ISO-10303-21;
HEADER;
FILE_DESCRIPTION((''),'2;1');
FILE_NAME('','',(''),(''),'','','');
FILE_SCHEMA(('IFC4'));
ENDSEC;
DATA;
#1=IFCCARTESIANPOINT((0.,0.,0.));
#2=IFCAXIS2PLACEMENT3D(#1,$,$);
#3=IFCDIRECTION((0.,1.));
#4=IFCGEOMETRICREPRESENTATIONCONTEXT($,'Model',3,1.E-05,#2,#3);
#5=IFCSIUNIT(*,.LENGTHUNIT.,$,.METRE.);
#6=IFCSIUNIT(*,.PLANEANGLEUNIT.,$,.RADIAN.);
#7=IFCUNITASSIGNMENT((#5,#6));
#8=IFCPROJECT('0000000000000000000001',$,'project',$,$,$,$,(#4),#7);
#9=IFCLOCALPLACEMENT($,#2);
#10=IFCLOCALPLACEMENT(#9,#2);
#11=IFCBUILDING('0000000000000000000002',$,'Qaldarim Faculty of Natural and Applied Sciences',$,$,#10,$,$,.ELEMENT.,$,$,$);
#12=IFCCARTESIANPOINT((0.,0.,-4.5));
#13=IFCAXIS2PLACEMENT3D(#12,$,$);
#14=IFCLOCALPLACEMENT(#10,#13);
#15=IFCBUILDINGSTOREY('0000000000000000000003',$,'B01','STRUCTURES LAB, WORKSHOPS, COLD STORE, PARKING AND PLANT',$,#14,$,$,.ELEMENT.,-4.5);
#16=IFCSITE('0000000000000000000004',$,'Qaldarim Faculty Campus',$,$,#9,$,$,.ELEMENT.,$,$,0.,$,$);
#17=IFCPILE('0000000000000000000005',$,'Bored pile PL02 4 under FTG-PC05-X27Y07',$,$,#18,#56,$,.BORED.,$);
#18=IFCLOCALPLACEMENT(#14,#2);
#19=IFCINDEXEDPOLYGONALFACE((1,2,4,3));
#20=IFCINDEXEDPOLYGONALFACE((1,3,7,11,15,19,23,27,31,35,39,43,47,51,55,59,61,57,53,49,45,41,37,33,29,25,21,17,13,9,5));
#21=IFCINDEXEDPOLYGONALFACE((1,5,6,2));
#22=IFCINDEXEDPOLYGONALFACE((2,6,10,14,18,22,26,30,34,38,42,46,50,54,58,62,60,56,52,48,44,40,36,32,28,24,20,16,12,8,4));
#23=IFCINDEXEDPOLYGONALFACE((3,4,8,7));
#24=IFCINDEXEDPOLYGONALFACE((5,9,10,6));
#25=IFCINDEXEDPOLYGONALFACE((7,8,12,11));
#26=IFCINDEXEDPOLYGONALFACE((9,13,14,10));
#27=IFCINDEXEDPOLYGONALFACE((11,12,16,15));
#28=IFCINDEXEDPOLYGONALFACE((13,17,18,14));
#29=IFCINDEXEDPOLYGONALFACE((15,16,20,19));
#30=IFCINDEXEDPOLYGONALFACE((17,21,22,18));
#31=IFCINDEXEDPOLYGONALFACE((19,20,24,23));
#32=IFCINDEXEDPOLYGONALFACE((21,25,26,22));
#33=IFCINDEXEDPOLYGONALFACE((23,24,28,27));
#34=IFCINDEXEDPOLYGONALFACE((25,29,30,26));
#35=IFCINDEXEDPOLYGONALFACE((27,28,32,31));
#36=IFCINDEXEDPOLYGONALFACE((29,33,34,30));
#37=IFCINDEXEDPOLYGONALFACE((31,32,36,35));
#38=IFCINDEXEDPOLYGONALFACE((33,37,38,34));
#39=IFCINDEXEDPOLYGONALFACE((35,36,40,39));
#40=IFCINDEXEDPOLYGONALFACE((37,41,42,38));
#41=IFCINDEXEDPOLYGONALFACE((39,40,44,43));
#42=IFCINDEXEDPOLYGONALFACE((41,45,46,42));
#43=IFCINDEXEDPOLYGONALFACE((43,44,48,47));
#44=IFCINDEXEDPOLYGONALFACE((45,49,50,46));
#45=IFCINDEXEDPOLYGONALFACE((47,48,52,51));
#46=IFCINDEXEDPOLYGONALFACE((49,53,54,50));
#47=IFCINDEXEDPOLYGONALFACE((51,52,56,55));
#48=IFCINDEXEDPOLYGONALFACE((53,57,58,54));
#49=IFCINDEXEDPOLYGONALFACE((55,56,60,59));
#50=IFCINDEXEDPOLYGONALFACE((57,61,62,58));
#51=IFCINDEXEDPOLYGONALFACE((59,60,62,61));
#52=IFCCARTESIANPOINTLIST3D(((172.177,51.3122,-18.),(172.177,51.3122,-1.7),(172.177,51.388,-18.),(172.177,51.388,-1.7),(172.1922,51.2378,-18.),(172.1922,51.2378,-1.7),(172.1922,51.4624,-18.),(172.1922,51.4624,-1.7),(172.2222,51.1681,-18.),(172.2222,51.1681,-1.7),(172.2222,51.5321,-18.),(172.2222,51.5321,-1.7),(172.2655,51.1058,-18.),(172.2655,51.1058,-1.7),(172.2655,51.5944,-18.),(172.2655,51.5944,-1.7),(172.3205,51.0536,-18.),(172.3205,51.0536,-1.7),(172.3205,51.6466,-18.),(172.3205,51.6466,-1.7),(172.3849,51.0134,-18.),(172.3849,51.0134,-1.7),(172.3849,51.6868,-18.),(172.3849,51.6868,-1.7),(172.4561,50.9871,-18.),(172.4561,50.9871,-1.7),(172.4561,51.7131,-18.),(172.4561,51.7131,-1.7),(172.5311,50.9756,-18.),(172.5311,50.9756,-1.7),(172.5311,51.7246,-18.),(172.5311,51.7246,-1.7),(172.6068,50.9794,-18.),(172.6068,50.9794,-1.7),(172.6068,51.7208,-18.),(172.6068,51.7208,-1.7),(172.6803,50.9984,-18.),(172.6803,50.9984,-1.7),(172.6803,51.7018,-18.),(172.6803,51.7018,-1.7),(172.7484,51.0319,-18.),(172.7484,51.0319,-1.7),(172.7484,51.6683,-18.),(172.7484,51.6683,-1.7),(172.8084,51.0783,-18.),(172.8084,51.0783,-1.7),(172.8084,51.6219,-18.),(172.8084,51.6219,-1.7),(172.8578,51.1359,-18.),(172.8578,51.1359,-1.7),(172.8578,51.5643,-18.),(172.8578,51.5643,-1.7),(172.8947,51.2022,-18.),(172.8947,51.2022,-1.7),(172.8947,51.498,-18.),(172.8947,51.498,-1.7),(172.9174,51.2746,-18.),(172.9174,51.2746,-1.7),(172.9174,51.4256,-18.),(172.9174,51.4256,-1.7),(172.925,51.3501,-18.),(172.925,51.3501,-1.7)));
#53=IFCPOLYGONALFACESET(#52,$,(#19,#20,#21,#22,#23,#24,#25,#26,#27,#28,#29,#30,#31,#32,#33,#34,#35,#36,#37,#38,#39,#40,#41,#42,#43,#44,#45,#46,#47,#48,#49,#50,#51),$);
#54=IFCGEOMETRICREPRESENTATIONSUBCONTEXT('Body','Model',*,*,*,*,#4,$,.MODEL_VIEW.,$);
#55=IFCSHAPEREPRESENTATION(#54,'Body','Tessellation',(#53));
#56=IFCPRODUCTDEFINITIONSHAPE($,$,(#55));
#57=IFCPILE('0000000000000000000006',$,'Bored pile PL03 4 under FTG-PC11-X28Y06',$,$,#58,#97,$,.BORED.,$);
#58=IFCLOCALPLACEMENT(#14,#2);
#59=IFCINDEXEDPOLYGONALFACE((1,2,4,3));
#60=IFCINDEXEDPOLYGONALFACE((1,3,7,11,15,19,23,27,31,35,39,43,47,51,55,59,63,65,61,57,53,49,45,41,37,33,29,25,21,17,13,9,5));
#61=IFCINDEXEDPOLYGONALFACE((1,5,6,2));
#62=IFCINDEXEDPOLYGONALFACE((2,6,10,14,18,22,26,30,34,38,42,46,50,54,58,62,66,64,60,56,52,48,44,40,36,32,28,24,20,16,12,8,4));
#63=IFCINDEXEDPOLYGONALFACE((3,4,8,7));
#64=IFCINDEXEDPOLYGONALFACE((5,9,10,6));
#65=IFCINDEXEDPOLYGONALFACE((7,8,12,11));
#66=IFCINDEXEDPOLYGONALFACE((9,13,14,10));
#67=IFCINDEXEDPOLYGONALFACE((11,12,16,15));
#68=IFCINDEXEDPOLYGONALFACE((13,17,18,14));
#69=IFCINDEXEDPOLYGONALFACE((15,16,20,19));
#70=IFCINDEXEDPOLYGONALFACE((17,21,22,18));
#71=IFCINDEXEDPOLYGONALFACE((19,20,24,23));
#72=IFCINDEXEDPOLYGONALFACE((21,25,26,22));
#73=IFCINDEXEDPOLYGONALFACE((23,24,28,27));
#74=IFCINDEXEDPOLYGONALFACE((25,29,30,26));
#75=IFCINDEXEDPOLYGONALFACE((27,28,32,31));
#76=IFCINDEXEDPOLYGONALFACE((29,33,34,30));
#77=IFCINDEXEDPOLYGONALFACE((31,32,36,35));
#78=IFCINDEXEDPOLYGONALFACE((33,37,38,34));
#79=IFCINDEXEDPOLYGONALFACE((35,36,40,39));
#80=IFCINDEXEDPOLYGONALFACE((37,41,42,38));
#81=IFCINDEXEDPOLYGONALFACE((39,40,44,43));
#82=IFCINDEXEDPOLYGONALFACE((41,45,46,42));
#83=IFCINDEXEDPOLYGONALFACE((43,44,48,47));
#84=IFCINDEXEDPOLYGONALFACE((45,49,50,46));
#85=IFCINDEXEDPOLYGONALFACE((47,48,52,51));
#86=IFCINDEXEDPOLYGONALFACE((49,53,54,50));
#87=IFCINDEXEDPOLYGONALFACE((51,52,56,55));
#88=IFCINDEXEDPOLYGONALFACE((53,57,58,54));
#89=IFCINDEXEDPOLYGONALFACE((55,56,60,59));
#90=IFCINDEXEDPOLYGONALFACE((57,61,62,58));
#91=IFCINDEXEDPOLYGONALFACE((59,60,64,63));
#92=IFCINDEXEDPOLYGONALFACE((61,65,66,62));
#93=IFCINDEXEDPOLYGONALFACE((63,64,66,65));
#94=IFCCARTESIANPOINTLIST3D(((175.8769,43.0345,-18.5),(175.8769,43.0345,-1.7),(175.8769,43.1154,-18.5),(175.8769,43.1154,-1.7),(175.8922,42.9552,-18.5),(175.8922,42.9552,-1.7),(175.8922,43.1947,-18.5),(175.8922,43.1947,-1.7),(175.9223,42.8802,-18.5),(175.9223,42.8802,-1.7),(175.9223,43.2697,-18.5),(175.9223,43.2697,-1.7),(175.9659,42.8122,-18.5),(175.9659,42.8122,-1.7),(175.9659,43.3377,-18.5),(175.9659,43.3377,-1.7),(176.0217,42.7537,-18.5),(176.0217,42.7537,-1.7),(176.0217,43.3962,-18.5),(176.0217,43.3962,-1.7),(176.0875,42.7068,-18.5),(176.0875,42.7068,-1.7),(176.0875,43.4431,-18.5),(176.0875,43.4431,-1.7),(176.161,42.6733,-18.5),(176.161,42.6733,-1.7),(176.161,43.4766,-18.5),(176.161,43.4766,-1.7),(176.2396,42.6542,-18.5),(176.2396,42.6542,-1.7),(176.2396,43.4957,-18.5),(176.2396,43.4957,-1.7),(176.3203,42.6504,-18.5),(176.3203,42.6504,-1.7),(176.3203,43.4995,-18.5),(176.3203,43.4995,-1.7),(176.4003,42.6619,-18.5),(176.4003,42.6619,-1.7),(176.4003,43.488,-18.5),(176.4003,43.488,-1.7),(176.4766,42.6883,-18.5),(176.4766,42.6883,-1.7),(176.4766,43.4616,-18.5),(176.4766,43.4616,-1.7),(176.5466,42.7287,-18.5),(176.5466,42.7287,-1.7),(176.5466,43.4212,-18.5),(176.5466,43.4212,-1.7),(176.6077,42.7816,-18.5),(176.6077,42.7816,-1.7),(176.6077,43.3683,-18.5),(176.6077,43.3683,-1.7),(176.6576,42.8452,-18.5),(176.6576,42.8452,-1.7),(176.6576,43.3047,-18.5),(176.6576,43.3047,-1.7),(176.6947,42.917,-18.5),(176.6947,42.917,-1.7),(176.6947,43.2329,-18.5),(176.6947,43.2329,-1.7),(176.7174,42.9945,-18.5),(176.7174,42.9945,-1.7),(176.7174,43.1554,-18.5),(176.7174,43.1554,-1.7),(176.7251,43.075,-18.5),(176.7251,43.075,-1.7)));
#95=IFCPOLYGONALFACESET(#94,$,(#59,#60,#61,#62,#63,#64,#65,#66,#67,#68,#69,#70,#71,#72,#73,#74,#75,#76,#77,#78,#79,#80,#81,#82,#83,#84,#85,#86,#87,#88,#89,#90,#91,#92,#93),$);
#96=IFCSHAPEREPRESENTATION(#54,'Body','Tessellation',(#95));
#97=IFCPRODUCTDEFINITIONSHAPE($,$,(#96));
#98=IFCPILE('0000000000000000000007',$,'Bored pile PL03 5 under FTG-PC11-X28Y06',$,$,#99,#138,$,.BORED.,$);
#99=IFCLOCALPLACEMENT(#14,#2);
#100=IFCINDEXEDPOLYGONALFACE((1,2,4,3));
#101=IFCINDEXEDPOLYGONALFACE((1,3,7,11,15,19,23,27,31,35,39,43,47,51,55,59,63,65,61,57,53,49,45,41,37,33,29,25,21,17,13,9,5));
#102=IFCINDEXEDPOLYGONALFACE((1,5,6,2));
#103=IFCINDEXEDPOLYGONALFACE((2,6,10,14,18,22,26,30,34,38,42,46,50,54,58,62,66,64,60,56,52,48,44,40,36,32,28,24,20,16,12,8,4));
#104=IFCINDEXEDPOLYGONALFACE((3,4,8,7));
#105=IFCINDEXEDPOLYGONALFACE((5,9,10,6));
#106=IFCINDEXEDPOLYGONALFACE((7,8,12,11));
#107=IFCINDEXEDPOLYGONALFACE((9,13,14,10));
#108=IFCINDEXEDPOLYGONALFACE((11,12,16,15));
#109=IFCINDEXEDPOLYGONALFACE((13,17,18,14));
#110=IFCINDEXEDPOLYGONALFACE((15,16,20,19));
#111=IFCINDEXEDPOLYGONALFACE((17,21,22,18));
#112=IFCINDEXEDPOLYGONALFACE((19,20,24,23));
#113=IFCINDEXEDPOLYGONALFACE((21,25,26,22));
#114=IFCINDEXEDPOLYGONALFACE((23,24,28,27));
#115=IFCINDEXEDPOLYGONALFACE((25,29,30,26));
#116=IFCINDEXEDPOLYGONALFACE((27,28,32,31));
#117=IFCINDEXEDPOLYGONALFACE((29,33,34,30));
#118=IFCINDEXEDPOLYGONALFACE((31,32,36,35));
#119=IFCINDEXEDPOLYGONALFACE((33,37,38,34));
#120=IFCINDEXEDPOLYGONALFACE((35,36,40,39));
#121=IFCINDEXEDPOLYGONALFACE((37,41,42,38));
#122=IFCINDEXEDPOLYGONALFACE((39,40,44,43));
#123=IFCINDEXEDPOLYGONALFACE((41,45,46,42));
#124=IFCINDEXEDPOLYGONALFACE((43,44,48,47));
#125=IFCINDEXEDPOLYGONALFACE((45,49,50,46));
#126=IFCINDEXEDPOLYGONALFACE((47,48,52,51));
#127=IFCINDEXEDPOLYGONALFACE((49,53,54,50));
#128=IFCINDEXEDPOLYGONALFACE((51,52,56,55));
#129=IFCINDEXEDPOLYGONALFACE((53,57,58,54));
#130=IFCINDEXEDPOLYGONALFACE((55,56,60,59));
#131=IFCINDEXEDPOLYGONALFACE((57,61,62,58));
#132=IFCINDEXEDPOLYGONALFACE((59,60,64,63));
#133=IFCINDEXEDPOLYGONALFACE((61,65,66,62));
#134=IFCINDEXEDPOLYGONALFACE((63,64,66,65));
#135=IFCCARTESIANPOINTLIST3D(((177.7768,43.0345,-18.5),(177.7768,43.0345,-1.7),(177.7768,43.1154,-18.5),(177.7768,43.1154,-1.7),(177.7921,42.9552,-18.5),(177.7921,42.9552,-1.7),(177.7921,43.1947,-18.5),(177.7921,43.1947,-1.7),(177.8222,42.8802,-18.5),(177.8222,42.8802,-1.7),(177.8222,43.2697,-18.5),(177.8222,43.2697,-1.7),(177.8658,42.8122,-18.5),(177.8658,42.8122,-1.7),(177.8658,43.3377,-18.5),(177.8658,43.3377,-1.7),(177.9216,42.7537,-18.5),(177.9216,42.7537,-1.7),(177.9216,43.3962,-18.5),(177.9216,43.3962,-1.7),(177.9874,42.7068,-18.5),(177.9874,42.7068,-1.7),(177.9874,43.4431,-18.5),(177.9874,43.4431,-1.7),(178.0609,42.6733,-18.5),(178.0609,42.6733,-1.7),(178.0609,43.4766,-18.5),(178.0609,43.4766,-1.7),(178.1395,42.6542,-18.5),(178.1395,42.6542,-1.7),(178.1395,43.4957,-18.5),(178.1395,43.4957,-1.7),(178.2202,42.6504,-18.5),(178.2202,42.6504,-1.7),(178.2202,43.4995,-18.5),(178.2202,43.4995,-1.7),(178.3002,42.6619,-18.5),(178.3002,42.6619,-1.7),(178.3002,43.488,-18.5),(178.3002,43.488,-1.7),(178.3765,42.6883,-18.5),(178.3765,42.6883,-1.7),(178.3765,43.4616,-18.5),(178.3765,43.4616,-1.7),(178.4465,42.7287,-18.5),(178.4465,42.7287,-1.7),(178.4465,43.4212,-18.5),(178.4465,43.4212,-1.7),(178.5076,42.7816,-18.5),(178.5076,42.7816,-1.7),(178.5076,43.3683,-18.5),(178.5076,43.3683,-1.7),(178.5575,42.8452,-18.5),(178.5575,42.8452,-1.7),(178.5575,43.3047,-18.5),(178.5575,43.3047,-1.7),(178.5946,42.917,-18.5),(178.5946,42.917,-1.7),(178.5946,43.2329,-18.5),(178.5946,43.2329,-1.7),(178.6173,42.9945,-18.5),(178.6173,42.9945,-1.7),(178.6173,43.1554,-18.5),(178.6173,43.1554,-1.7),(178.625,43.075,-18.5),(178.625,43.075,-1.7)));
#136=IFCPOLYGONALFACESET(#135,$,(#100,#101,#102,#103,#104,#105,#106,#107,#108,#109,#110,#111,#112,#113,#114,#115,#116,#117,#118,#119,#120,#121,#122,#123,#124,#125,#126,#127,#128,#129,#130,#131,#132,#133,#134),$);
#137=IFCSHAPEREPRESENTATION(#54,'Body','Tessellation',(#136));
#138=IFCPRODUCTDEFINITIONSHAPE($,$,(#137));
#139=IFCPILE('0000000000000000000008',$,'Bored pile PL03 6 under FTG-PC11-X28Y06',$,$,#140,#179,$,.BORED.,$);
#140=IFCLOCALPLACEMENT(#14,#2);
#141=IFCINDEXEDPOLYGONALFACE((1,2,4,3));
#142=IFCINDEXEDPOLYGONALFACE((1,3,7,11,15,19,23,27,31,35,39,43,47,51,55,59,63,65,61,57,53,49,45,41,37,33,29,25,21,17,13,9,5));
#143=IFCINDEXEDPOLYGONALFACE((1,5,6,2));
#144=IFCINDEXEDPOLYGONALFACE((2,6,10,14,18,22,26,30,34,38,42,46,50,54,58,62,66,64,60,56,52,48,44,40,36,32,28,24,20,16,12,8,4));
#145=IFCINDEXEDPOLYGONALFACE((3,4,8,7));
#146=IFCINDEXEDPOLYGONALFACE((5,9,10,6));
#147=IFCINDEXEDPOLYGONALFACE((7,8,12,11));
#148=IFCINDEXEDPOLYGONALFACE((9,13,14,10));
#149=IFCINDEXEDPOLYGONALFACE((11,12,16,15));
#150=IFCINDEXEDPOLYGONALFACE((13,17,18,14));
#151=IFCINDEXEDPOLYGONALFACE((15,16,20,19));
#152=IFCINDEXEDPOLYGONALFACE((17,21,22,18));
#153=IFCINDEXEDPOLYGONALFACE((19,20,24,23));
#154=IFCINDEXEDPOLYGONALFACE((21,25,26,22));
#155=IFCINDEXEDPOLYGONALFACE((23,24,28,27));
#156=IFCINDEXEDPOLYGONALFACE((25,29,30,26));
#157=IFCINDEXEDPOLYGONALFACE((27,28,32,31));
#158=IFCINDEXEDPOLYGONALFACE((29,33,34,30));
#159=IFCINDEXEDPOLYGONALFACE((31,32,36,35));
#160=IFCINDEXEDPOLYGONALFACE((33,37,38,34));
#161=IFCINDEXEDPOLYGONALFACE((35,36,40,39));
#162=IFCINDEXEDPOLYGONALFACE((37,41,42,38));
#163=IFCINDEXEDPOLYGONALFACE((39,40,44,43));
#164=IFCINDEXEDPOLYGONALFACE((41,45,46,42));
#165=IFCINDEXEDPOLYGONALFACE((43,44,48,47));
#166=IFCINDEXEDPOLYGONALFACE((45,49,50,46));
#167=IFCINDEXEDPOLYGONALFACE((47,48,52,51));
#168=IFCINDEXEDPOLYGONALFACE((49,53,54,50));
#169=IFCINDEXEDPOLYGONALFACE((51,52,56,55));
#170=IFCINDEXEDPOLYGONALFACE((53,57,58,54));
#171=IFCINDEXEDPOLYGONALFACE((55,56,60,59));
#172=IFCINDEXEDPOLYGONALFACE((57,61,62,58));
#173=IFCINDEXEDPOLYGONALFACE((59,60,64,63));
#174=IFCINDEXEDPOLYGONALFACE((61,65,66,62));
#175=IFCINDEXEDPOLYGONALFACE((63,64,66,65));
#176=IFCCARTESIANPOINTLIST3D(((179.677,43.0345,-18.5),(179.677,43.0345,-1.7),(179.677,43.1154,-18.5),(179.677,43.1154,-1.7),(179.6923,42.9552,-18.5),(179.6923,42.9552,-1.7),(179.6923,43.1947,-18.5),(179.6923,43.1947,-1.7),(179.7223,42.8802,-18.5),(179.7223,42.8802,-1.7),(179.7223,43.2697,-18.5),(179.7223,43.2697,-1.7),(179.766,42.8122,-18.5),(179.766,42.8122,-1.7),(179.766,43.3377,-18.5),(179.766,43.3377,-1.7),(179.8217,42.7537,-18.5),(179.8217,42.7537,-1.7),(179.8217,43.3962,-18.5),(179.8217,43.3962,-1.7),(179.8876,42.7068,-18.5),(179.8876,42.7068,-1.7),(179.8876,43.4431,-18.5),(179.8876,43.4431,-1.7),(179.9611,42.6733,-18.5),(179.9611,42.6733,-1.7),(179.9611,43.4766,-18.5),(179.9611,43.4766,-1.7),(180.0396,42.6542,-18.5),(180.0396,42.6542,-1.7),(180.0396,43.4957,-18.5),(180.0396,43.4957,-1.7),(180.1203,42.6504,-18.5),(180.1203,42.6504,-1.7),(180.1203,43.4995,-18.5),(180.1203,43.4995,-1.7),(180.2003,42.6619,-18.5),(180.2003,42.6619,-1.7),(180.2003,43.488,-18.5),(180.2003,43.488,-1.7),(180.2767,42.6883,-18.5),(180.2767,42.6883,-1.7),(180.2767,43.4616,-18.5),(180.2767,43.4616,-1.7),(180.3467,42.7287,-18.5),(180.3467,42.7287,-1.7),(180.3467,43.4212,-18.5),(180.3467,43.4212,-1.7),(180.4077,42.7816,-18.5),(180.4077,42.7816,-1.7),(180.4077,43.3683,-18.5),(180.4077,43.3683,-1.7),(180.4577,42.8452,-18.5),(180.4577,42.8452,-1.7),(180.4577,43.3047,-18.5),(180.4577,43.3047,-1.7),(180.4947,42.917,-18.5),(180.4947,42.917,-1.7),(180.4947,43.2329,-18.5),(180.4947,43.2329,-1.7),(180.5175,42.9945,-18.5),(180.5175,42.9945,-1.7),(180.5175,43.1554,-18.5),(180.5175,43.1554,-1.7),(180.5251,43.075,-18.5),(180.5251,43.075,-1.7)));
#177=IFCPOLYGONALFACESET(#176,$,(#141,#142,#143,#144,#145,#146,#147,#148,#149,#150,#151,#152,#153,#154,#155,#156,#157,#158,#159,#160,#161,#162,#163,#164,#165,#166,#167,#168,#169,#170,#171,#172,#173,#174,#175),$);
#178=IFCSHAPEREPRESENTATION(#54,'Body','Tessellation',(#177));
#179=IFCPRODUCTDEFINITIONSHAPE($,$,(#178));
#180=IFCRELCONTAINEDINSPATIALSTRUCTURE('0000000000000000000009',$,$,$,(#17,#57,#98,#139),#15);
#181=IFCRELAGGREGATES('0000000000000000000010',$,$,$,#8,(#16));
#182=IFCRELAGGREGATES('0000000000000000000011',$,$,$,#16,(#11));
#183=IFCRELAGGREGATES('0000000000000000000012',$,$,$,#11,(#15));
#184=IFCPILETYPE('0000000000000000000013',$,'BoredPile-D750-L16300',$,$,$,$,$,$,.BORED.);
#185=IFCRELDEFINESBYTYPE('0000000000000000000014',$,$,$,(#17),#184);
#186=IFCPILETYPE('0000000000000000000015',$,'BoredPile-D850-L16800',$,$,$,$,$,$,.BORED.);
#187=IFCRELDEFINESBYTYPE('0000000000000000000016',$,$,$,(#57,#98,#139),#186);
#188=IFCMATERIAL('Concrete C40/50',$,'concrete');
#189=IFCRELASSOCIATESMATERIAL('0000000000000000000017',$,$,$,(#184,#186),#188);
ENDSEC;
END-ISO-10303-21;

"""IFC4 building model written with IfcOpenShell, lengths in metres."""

from ifc_helpers import new_model, si_unit, direction, frame, origin, origin_2d, place, context, subcontext, project, spatial, circle, extrude, material, material_profile, profile_set, type_object, element, save


model = new_model("IFC4")

# Units and contexts
model_context = context("Model", 3, precision=1e-05, world=origin(), true_north=direction((0.0, 1.0)))
body_context = subcontext(model_context, "Body", "Model", "MODEL_VIEW")
ifc_project = project(units=[si_unit("LENGTHUNIT", "METRE"), si_unit("PLANEANGLEUNIT", "RADIAN")], contexts=[model_context])

# Site, building, storey
site_placement = place(None, origin())
site = spatial("IfcSite", under=ifc_project, at=site_placement, Name="Qaldarim Faculty Campus", CompositionType="ELEMENT", RefElevation=0.0)
building_placement = place(site_placement, origin())
building = spatial("IfcBuilding", under=site, at=building_placement, Name="Qaldarim Faculty of Natural and Applied Sciences", CompositionType="ELEMENT")
storey_placement = place(building_placement, frame((0.0, 0.0, -4.5)))
storey = spatial("IfcBuildingStorey", under=building, at=storey_placement, Name="B01", Description="STRUCTURES LAB, WORKSHOPS, COLD STORE, PARKING AND PLANT", CompositionType="ELEMENT", Elevation=-4.5)

# Piles
ifc_material_1 = material(Name="Concrete C40/50", Category="concrete")
ifc_material_profile_1 = material_profile(ifc_material_1, circle(Radius=0.375, at=origin_2d()), Name="PILE-D750")
ifc_profile_set_1 = profile_set([ifc_material_profile_1], Name="Concrete C40/50")
pile_type_1 = type_object("IfcPileType", Name="BoredPile-D750-L16300", PredefinedType="BORED", material=ifc_profile_set_1)
for number, where, z_axis, x_axis, name in (
    (1, (172.55, 51.3501, -1.7), (0.0, 0.0, -1.0), (1.0, 0.0, 0.0), "Bored pile PL02 4 under FTG-PC05-X27Y07"),
):
    element("IfcPile", number, at=place(storey_placement, frame(where, z_axis=z_axis, x_axis=x_axis)), inside=storey, type_object=pile_type_1, Name=name, PredefinedType="BORED", context=body_context, shape_type="SweptSolid", body=[
        extrude(circle(Radius=0.375, at=origin_2d()), origin(), (0.0, 0.0, 1.0), 16.3),
    ])
ifc_material_profile_2 = material_profile(ifc_material_1, circle(Radius=0.425, at=origin_2d()), Name="PILE-D850")
ifc_profile_set_2 = profile_set([ifc_material_profile_2], Name="Concrete C40/50")
pile_type_2 = type_object("IfcPileType", Name="BoredPile-D850-L16800", PredefinedType="BORED", material=ifc_profile_set_2)
for number, where, z_axis, x_axis, name in (
    (2, (176.3, 43.075, -1.7), (0.0, 0.0, -1.0), (1.0, 0.0, 0.0), "Bored pile PL03 4 under FTG-PC11-X28Y06"),
    (3, (178.2, 43.075, -1.7), (0.0, 0.0, -1.0), (1.0, 0.0, 0.0), "Bored pile PL03 5 under FTG-PC11-X28Y06"),
    (4, (180.1001, 43.075, -1.7), (0.0, 0.0, -1.0), (1.0, 0.0, 0.0), "Bored pile PL03 6 under FTG-PC11-X28Y06"),
):
    element("IfcPile", number, at=place(storey_placement, frame(where, z_axis=z_axis, x_axis=x_axis)), inside=storey, type_object=pile_type_2, Name=name, PredefinedType="BORED", context=body_context, shape_type="SweptSolid", body=[
        extrude(circle(Radius=0.425, at=origin_2d()), origin(), (0.0, 0.0, 1.0), 16.8),
    ])

save(model, "model.ifc")
